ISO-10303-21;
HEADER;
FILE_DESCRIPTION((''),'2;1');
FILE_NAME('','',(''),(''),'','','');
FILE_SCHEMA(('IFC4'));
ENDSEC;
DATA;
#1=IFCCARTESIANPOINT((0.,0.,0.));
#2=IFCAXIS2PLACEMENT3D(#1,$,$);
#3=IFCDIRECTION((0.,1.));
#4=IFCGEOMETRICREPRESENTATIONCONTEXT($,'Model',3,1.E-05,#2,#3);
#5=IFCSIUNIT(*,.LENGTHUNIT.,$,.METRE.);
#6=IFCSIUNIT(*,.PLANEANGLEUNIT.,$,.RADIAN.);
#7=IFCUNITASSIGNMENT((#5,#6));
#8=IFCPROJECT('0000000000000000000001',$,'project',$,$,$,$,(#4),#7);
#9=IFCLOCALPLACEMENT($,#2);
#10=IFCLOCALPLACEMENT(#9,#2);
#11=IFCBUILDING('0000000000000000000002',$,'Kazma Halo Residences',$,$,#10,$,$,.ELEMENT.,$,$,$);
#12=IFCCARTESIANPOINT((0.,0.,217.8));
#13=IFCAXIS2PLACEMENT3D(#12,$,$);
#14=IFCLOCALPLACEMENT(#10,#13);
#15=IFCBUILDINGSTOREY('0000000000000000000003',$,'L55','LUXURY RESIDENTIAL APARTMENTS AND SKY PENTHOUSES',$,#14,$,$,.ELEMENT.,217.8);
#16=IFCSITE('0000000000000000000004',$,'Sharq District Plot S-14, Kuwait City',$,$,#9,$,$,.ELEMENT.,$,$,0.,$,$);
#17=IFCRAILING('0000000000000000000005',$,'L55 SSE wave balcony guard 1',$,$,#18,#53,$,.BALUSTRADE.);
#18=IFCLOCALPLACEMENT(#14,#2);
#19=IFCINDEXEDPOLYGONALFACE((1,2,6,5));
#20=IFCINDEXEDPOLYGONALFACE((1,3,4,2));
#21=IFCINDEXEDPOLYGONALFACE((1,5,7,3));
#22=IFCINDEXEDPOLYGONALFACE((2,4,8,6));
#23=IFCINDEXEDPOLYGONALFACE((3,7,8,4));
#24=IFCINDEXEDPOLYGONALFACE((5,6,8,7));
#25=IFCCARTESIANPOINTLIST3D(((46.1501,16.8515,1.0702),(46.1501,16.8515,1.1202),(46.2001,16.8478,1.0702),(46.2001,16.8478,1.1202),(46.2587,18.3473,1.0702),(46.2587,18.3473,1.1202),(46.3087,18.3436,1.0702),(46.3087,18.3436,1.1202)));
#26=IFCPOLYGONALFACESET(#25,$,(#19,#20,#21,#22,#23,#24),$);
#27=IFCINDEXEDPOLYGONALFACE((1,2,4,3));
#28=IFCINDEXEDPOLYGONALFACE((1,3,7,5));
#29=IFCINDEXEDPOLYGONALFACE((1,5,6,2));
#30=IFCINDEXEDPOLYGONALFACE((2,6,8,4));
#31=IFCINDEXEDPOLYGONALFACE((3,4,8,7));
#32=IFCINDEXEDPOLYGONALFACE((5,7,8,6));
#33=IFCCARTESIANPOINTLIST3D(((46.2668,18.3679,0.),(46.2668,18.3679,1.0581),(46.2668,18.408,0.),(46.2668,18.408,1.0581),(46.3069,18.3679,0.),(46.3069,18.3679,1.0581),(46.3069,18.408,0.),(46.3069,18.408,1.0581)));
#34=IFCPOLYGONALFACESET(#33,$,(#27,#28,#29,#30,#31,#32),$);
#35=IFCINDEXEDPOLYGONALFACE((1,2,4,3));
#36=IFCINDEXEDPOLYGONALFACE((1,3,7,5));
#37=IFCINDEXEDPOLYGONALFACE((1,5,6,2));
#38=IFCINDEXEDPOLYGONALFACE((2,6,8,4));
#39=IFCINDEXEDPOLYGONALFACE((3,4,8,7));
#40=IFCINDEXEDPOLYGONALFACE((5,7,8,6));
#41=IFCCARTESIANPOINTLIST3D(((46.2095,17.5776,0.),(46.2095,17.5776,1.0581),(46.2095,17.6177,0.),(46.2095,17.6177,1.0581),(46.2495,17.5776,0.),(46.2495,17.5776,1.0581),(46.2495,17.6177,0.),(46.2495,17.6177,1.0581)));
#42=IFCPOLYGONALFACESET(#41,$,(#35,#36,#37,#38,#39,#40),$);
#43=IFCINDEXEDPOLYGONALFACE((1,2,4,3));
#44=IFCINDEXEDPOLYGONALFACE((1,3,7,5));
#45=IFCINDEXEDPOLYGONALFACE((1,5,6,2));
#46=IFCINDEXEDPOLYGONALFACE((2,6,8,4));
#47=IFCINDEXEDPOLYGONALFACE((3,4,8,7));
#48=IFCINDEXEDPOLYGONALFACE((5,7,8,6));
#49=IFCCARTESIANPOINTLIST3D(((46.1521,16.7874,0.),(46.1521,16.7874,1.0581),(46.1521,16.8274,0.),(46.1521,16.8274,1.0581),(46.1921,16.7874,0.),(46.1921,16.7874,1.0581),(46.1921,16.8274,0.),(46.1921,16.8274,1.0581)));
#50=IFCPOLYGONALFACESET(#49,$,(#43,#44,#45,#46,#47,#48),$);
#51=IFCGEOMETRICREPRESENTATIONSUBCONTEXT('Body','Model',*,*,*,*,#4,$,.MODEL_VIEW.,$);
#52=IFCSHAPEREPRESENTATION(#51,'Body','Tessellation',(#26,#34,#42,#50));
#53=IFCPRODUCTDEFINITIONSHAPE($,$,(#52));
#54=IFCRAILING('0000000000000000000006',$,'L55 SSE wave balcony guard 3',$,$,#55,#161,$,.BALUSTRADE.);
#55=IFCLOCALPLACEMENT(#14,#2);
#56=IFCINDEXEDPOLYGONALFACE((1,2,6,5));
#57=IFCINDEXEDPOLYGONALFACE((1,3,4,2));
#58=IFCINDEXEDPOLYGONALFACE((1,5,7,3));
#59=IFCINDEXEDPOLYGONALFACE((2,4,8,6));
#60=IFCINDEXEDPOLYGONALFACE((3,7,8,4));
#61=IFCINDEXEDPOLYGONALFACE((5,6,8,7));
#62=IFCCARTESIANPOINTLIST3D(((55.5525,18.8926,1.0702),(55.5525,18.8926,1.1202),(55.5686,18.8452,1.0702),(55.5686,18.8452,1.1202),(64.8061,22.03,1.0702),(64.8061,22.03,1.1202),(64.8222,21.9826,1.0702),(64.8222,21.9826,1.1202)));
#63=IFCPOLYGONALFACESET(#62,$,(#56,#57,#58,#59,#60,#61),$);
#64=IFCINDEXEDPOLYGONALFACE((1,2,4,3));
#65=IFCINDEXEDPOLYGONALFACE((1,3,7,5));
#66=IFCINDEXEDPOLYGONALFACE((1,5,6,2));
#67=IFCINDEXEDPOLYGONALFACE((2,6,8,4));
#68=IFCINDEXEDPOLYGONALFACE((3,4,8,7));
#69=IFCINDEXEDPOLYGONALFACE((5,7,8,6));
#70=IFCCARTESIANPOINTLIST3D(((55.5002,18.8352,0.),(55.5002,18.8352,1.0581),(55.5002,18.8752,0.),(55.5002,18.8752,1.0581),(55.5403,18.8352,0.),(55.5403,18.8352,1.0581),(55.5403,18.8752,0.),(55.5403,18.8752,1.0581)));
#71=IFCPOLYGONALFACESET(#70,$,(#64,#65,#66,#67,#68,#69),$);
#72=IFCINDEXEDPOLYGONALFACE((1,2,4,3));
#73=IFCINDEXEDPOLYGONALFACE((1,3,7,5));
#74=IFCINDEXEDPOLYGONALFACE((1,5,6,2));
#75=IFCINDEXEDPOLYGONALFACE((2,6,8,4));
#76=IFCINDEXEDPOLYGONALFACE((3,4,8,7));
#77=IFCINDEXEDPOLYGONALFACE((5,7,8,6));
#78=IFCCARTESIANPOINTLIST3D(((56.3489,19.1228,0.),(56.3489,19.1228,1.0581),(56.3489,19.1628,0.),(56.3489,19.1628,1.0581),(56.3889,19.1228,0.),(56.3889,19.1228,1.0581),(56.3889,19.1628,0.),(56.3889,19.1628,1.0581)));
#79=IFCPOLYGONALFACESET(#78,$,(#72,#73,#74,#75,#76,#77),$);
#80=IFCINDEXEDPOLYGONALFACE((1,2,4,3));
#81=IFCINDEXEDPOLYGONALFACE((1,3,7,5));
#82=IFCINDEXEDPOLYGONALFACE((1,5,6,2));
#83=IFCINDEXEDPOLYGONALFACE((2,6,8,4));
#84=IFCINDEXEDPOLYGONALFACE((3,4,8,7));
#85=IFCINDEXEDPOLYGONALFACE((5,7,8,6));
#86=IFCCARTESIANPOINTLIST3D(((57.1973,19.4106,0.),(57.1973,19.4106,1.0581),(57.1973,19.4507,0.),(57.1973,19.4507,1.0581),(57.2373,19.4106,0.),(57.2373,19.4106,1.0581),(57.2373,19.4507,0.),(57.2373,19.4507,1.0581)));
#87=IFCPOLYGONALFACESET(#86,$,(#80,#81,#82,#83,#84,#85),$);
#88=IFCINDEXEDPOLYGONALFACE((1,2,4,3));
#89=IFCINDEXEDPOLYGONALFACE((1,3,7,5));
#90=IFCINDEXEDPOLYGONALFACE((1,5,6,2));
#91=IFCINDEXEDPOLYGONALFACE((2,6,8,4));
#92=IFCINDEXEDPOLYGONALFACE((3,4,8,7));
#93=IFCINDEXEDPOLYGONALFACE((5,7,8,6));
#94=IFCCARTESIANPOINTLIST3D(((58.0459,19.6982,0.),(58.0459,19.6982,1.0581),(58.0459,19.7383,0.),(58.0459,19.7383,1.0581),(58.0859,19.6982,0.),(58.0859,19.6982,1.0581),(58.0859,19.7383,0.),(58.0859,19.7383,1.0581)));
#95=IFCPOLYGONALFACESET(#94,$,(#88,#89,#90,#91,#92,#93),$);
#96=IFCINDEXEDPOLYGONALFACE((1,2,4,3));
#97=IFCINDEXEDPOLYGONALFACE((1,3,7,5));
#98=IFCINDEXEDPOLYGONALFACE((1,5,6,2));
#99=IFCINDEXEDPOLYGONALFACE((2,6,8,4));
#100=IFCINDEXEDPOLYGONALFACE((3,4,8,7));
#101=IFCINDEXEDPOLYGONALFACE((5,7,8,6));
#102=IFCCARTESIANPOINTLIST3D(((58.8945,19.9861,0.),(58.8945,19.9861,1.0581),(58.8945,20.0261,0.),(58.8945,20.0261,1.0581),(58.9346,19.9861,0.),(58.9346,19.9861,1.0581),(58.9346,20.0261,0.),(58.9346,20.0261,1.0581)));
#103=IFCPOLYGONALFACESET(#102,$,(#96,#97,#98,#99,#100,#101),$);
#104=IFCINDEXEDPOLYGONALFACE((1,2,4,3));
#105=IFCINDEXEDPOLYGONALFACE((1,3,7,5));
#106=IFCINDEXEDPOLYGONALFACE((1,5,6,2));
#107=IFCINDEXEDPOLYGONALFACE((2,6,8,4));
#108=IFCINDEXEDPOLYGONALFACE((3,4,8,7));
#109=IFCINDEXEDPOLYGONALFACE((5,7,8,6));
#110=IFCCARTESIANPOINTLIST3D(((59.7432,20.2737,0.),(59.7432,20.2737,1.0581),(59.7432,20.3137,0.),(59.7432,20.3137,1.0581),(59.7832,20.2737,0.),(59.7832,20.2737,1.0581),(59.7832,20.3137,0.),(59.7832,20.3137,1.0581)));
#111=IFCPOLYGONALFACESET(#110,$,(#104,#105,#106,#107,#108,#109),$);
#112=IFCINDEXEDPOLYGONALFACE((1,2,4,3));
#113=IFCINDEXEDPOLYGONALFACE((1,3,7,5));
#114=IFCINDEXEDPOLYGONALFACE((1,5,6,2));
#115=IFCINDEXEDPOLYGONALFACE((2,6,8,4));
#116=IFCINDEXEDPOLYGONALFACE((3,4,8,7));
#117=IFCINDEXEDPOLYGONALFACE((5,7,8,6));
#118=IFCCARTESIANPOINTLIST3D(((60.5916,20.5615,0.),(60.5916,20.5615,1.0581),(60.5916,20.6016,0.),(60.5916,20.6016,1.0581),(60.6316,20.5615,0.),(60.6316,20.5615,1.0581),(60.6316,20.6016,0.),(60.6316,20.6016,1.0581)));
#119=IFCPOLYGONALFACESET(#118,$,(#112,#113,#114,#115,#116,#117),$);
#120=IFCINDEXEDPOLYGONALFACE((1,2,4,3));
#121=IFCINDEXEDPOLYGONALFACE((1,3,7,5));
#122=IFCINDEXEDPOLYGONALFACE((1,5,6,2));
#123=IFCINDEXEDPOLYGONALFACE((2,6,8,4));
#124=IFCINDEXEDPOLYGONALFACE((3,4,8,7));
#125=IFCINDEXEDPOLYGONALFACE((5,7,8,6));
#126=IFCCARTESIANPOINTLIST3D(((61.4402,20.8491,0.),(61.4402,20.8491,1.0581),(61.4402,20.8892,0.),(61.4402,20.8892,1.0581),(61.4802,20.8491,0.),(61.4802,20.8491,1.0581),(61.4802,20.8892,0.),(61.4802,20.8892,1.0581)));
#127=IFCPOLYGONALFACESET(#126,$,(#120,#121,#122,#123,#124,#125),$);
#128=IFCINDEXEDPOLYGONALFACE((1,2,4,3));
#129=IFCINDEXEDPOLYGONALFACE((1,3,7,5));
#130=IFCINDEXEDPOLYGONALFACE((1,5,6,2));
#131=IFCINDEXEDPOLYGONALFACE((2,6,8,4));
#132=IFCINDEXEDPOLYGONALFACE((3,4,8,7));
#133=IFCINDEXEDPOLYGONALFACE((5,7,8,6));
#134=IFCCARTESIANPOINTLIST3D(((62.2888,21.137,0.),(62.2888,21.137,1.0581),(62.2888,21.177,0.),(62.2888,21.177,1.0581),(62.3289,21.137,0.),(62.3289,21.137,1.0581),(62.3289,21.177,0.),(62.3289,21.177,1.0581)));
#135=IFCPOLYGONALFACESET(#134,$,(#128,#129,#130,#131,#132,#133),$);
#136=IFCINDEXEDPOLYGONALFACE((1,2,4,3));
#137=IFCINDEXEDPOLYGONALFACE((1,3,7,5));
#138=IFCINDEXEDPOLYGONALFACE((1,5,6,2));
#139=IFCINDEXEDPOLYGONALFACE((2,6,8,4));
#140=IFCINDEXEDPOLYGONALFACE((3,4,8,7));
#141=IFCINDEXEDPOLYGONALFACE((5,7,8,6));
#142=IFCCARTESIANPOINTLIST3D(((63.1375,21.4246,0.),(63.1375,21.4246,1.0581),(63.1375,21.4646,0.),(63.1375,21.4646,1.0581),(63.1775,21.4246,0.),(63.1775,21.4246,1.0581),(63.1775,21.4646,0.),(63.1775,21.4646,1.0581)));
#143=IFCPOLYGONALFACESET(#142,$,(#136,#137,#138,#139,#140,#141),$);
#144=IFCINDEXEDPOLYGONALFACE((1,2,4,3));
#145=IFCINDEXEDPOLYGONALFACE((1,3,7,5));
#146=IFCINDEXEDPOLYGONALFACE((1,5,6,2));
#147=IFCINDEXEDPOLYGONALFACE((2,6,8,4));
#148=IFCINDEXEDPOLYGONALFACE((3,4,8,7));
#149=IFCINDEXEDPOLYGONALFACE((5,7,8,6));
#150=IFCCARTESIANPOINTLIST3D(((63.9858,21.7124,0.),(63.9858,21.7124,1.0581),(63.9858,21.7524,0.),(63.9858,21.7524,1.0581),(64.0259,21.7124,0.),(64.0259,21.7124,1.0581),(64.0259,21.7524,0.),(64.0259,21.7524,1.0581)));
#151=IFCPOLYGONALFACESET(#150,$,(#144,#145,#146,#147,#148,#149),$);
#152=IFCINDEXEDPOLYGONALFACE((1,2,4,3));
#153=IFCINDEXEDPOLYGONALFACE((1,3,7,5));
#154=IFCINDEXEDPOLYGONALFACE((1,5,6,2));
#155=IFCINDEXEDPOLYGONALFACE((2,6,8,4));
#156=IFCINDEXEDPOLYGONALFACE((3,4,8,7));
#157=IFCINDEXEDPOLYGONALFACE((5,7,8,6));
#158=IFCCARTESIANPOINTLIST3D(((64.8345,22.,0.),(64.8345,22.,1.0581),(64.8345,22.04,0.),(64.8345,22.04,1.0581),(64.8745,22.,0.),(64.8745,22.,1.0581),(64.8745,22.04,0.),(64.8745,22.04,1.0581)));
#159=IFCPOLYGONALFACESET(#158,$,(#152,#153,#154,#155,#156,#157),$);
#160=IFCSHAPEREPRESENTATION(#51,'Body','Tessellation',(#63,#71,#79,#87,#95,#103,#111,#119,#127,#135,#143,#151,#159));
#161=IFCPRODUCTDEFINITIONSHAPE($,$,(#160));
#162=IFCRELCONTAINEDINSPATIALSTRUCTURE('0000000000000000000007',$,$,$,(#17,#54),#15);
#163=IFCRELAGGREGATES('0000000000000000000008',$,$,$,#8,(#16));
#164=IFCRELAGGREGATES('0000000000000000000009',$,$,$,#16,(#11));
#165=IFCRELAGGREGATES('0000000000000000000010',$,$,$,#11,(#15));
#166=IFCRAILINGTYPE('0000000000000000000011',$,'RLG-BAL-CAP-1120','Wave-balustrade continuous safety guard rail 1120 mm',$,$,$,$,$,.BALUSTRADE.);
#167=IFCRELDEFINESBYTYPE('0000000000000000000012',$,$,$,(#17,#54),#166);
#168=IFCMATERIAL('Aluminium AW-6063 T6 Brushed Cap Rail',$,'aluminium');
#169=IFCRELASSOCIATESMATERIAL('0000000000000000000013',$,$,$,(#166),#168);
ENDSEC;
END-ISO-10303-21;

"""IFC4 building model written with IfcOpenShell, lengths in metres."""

from ifc_helpers import new_model, si_unit, direction, frame, origin, origin_2d, place, context, subcontext, project, spatial, rectangle, extrude, material, type_object, element, save


model = new_model("IFC4")

# Units and contexts
model_context = context("Model", 3, precision=1e-05, world=origin(), true_north=direction((0.0, 1.0)))
body_context = subcontext(model_context, "Body", "Model", "MODEL_VIEW")
ifc_project = project(units=[si_unit("LENGTHUNIT", "METRE"), si_unit("PLANEANGLEUNIT", "RADIAN")], contexts=[model_context])

# Site, building, storey
site_placement = place(None, origin())
site = spatial("IfcSite", under=ifc_project, at=site_placement, Name="Sharq District Plot S-14, Kuwait City", CompositionType="ELEMENT", RefElevation=0.0)
building_placement = place(site_placement, origin())
building = spatial("IfcBuilding", under=site, at=building_placement, Name="Kazma Halo Residences", CompositionType="ELEMENT")
storey_placement = place(building_placement, frame((0.0, 0.0, 217.8)))
storey = spatial("IfcBuildingStorey", under=building, at=storey_placement, Name="L55", Description="LUXURY RESIDENTIAL APARTMENTS AND SKY PENTHOUSES", CompositionType="ELEMENT", Elevation=217.8)

# Railings
ifc_material_1 = material(Name="Aluminium AW-6063 T6 Brushed Cap Rail", Category="aluminium")
railing_type = type_object("IfcRailingType", Name="RLG-BAL-CAP-1120", Description="Wave-balustrade continuous safety guard rail 1120 mm", PredefinedType="BALUSTRADE", material=ifc_material_1)
railing_1_placement = place(storey_placement, frame((46.2869, 18.3879, 0.0)))
element("IfcRailing", 1, at=railing_1_placement, inside=storey, type_object=railing_type, Name="L55 SSE wave balcony guard 1", PredefinedType="BALUSTRADE", context=body_context, shape_type="SweptSolid", body=[
    extrude(rectangle(XDim=0.05, YDim=0.05, at=origin_2d()), frame((-0.0032, -0.0425, 1.0952), z_axis=(-0.072408, -0.997375, 0.0), x_axis=(0.997375, -0.072408, 0.0)), (0.0, 0.0, 1.0), 1.4998),
    extrude(rectangle(XDim=0.04, YDim=0.04, at=origin_2d()), origin(), (0.0, 0.0, 1.0), 1.0581),
    extrude(rectangle(XDim=0.04, YDim=0.04, at=origin_2d()), frame((-0.0574, -0.7903, 0.0)), (0.0, 0.0, 1.0), 1.0581),
    extrude(rectangle(XDim=0.04, YDim=0.04, at=origin_2d()), frame((-0.1147, -1.5806, 0.0)), (0.0, 0.0, 1.0), 1.0581),
])
railing_2_placement = place(storey_placement, frame((55.5203, 18.8552, 0.0)))
element("IfcRailing", 2, at=railing_2_placement, inside=storey, type_object=railing_type, Name="L55 SSE wave balcony guard 3", PredefinedType="BALUSTRADE", context=body_context, shape_type="SweptSolid", body=[
    extrude(rectangle(XDim=0.05, YDim=0.05, at=origin_2d()), frame((0.0403, 0.0137, 1.0952), z_axis=(0.947046, 0.321098, 0.0), x_axis=(-0.321098, 0.947046, 0.0)), (0.0, 0.0, 1.0), 9.771),
    extrude(rectangle(XDim=0.04, YDim=0.04, at=origin_2d()), origin(), (0.0, 0.0, 1.0), 1.0581),
    extrude(rectangle(XDim=0.04, YDim=0.04, at=origin_2d()), frame((0.8486, 0.2876, 0.0)), (0.0, 0.0, 1.0), 1.0581),
    extrude(rectangle(XDim=0.04, YDim=0.04, at=origin_2d()), frame((1.697, 0.5754, 0.0)), (0.0, 0.0, 1.0), 1.0581),
    extrude(rectangle(XDim=0.04, YDim=0.04, at=origin_2d()), frame((2.5457, 0.863, 0.0)), (0.0, 0.0, 1.0), 1.0581),
    extrude(rectangle(XDim=0.04, YDim=0.04, at=origin_2d()), frame((3.3943, 1.1509, 0.0)), (0.0, 0.0, 1.0), 1.0581),
    extrude(rectangle(XDim=0.04, YDim=0.04, at=origin_2d()), frame((4.2429, 1.4385, 0.0)), (0.0, 0.0, 1.0), 1.0581),
    extrude(rectangle(XDim=0.04, YDim=0.04, at=origin_2d()), frame((5.0913, 1.7263, 0.0)), (0.0, 0.0, 1.0), 1.0581),
    extrude(rectangle(XDim=0.04, YDim=0.04, at=origin_2d()), frame((5.9399, 2.0139, 0.0)), (0.0, 0.0, 1.0), 1.0581),
    extrude(rectangle(XDim=0.04, YDim=0.04, at=origin_2d()), frame((6.7886, 2.3018, 0.0)), (0.0, 0.0, 1.0), 1.0581),
    extrude(rectangle(XDim=0.04, YDim=0.04, at=origin_2d()), frame((7.6372, 2.5894, 0.0)), (0.0, 0.0, 1.0), 1.0581),
    extrude(rectangle(XDim=0.04, YDim=0.04, at=origin_2d()), frame((8.4856, 2.8772, 0.0)), (0.0, 0.0, 1.0), 1.0581),
    extrude(rectangle(XDim=0.04, YDim=0.04, at=origin_2d()), frame((9.3342, 3.1648, 0.0)), (0.0, 0.0, 1.0), 1.0581),
])

save(model, "model.ifc")
